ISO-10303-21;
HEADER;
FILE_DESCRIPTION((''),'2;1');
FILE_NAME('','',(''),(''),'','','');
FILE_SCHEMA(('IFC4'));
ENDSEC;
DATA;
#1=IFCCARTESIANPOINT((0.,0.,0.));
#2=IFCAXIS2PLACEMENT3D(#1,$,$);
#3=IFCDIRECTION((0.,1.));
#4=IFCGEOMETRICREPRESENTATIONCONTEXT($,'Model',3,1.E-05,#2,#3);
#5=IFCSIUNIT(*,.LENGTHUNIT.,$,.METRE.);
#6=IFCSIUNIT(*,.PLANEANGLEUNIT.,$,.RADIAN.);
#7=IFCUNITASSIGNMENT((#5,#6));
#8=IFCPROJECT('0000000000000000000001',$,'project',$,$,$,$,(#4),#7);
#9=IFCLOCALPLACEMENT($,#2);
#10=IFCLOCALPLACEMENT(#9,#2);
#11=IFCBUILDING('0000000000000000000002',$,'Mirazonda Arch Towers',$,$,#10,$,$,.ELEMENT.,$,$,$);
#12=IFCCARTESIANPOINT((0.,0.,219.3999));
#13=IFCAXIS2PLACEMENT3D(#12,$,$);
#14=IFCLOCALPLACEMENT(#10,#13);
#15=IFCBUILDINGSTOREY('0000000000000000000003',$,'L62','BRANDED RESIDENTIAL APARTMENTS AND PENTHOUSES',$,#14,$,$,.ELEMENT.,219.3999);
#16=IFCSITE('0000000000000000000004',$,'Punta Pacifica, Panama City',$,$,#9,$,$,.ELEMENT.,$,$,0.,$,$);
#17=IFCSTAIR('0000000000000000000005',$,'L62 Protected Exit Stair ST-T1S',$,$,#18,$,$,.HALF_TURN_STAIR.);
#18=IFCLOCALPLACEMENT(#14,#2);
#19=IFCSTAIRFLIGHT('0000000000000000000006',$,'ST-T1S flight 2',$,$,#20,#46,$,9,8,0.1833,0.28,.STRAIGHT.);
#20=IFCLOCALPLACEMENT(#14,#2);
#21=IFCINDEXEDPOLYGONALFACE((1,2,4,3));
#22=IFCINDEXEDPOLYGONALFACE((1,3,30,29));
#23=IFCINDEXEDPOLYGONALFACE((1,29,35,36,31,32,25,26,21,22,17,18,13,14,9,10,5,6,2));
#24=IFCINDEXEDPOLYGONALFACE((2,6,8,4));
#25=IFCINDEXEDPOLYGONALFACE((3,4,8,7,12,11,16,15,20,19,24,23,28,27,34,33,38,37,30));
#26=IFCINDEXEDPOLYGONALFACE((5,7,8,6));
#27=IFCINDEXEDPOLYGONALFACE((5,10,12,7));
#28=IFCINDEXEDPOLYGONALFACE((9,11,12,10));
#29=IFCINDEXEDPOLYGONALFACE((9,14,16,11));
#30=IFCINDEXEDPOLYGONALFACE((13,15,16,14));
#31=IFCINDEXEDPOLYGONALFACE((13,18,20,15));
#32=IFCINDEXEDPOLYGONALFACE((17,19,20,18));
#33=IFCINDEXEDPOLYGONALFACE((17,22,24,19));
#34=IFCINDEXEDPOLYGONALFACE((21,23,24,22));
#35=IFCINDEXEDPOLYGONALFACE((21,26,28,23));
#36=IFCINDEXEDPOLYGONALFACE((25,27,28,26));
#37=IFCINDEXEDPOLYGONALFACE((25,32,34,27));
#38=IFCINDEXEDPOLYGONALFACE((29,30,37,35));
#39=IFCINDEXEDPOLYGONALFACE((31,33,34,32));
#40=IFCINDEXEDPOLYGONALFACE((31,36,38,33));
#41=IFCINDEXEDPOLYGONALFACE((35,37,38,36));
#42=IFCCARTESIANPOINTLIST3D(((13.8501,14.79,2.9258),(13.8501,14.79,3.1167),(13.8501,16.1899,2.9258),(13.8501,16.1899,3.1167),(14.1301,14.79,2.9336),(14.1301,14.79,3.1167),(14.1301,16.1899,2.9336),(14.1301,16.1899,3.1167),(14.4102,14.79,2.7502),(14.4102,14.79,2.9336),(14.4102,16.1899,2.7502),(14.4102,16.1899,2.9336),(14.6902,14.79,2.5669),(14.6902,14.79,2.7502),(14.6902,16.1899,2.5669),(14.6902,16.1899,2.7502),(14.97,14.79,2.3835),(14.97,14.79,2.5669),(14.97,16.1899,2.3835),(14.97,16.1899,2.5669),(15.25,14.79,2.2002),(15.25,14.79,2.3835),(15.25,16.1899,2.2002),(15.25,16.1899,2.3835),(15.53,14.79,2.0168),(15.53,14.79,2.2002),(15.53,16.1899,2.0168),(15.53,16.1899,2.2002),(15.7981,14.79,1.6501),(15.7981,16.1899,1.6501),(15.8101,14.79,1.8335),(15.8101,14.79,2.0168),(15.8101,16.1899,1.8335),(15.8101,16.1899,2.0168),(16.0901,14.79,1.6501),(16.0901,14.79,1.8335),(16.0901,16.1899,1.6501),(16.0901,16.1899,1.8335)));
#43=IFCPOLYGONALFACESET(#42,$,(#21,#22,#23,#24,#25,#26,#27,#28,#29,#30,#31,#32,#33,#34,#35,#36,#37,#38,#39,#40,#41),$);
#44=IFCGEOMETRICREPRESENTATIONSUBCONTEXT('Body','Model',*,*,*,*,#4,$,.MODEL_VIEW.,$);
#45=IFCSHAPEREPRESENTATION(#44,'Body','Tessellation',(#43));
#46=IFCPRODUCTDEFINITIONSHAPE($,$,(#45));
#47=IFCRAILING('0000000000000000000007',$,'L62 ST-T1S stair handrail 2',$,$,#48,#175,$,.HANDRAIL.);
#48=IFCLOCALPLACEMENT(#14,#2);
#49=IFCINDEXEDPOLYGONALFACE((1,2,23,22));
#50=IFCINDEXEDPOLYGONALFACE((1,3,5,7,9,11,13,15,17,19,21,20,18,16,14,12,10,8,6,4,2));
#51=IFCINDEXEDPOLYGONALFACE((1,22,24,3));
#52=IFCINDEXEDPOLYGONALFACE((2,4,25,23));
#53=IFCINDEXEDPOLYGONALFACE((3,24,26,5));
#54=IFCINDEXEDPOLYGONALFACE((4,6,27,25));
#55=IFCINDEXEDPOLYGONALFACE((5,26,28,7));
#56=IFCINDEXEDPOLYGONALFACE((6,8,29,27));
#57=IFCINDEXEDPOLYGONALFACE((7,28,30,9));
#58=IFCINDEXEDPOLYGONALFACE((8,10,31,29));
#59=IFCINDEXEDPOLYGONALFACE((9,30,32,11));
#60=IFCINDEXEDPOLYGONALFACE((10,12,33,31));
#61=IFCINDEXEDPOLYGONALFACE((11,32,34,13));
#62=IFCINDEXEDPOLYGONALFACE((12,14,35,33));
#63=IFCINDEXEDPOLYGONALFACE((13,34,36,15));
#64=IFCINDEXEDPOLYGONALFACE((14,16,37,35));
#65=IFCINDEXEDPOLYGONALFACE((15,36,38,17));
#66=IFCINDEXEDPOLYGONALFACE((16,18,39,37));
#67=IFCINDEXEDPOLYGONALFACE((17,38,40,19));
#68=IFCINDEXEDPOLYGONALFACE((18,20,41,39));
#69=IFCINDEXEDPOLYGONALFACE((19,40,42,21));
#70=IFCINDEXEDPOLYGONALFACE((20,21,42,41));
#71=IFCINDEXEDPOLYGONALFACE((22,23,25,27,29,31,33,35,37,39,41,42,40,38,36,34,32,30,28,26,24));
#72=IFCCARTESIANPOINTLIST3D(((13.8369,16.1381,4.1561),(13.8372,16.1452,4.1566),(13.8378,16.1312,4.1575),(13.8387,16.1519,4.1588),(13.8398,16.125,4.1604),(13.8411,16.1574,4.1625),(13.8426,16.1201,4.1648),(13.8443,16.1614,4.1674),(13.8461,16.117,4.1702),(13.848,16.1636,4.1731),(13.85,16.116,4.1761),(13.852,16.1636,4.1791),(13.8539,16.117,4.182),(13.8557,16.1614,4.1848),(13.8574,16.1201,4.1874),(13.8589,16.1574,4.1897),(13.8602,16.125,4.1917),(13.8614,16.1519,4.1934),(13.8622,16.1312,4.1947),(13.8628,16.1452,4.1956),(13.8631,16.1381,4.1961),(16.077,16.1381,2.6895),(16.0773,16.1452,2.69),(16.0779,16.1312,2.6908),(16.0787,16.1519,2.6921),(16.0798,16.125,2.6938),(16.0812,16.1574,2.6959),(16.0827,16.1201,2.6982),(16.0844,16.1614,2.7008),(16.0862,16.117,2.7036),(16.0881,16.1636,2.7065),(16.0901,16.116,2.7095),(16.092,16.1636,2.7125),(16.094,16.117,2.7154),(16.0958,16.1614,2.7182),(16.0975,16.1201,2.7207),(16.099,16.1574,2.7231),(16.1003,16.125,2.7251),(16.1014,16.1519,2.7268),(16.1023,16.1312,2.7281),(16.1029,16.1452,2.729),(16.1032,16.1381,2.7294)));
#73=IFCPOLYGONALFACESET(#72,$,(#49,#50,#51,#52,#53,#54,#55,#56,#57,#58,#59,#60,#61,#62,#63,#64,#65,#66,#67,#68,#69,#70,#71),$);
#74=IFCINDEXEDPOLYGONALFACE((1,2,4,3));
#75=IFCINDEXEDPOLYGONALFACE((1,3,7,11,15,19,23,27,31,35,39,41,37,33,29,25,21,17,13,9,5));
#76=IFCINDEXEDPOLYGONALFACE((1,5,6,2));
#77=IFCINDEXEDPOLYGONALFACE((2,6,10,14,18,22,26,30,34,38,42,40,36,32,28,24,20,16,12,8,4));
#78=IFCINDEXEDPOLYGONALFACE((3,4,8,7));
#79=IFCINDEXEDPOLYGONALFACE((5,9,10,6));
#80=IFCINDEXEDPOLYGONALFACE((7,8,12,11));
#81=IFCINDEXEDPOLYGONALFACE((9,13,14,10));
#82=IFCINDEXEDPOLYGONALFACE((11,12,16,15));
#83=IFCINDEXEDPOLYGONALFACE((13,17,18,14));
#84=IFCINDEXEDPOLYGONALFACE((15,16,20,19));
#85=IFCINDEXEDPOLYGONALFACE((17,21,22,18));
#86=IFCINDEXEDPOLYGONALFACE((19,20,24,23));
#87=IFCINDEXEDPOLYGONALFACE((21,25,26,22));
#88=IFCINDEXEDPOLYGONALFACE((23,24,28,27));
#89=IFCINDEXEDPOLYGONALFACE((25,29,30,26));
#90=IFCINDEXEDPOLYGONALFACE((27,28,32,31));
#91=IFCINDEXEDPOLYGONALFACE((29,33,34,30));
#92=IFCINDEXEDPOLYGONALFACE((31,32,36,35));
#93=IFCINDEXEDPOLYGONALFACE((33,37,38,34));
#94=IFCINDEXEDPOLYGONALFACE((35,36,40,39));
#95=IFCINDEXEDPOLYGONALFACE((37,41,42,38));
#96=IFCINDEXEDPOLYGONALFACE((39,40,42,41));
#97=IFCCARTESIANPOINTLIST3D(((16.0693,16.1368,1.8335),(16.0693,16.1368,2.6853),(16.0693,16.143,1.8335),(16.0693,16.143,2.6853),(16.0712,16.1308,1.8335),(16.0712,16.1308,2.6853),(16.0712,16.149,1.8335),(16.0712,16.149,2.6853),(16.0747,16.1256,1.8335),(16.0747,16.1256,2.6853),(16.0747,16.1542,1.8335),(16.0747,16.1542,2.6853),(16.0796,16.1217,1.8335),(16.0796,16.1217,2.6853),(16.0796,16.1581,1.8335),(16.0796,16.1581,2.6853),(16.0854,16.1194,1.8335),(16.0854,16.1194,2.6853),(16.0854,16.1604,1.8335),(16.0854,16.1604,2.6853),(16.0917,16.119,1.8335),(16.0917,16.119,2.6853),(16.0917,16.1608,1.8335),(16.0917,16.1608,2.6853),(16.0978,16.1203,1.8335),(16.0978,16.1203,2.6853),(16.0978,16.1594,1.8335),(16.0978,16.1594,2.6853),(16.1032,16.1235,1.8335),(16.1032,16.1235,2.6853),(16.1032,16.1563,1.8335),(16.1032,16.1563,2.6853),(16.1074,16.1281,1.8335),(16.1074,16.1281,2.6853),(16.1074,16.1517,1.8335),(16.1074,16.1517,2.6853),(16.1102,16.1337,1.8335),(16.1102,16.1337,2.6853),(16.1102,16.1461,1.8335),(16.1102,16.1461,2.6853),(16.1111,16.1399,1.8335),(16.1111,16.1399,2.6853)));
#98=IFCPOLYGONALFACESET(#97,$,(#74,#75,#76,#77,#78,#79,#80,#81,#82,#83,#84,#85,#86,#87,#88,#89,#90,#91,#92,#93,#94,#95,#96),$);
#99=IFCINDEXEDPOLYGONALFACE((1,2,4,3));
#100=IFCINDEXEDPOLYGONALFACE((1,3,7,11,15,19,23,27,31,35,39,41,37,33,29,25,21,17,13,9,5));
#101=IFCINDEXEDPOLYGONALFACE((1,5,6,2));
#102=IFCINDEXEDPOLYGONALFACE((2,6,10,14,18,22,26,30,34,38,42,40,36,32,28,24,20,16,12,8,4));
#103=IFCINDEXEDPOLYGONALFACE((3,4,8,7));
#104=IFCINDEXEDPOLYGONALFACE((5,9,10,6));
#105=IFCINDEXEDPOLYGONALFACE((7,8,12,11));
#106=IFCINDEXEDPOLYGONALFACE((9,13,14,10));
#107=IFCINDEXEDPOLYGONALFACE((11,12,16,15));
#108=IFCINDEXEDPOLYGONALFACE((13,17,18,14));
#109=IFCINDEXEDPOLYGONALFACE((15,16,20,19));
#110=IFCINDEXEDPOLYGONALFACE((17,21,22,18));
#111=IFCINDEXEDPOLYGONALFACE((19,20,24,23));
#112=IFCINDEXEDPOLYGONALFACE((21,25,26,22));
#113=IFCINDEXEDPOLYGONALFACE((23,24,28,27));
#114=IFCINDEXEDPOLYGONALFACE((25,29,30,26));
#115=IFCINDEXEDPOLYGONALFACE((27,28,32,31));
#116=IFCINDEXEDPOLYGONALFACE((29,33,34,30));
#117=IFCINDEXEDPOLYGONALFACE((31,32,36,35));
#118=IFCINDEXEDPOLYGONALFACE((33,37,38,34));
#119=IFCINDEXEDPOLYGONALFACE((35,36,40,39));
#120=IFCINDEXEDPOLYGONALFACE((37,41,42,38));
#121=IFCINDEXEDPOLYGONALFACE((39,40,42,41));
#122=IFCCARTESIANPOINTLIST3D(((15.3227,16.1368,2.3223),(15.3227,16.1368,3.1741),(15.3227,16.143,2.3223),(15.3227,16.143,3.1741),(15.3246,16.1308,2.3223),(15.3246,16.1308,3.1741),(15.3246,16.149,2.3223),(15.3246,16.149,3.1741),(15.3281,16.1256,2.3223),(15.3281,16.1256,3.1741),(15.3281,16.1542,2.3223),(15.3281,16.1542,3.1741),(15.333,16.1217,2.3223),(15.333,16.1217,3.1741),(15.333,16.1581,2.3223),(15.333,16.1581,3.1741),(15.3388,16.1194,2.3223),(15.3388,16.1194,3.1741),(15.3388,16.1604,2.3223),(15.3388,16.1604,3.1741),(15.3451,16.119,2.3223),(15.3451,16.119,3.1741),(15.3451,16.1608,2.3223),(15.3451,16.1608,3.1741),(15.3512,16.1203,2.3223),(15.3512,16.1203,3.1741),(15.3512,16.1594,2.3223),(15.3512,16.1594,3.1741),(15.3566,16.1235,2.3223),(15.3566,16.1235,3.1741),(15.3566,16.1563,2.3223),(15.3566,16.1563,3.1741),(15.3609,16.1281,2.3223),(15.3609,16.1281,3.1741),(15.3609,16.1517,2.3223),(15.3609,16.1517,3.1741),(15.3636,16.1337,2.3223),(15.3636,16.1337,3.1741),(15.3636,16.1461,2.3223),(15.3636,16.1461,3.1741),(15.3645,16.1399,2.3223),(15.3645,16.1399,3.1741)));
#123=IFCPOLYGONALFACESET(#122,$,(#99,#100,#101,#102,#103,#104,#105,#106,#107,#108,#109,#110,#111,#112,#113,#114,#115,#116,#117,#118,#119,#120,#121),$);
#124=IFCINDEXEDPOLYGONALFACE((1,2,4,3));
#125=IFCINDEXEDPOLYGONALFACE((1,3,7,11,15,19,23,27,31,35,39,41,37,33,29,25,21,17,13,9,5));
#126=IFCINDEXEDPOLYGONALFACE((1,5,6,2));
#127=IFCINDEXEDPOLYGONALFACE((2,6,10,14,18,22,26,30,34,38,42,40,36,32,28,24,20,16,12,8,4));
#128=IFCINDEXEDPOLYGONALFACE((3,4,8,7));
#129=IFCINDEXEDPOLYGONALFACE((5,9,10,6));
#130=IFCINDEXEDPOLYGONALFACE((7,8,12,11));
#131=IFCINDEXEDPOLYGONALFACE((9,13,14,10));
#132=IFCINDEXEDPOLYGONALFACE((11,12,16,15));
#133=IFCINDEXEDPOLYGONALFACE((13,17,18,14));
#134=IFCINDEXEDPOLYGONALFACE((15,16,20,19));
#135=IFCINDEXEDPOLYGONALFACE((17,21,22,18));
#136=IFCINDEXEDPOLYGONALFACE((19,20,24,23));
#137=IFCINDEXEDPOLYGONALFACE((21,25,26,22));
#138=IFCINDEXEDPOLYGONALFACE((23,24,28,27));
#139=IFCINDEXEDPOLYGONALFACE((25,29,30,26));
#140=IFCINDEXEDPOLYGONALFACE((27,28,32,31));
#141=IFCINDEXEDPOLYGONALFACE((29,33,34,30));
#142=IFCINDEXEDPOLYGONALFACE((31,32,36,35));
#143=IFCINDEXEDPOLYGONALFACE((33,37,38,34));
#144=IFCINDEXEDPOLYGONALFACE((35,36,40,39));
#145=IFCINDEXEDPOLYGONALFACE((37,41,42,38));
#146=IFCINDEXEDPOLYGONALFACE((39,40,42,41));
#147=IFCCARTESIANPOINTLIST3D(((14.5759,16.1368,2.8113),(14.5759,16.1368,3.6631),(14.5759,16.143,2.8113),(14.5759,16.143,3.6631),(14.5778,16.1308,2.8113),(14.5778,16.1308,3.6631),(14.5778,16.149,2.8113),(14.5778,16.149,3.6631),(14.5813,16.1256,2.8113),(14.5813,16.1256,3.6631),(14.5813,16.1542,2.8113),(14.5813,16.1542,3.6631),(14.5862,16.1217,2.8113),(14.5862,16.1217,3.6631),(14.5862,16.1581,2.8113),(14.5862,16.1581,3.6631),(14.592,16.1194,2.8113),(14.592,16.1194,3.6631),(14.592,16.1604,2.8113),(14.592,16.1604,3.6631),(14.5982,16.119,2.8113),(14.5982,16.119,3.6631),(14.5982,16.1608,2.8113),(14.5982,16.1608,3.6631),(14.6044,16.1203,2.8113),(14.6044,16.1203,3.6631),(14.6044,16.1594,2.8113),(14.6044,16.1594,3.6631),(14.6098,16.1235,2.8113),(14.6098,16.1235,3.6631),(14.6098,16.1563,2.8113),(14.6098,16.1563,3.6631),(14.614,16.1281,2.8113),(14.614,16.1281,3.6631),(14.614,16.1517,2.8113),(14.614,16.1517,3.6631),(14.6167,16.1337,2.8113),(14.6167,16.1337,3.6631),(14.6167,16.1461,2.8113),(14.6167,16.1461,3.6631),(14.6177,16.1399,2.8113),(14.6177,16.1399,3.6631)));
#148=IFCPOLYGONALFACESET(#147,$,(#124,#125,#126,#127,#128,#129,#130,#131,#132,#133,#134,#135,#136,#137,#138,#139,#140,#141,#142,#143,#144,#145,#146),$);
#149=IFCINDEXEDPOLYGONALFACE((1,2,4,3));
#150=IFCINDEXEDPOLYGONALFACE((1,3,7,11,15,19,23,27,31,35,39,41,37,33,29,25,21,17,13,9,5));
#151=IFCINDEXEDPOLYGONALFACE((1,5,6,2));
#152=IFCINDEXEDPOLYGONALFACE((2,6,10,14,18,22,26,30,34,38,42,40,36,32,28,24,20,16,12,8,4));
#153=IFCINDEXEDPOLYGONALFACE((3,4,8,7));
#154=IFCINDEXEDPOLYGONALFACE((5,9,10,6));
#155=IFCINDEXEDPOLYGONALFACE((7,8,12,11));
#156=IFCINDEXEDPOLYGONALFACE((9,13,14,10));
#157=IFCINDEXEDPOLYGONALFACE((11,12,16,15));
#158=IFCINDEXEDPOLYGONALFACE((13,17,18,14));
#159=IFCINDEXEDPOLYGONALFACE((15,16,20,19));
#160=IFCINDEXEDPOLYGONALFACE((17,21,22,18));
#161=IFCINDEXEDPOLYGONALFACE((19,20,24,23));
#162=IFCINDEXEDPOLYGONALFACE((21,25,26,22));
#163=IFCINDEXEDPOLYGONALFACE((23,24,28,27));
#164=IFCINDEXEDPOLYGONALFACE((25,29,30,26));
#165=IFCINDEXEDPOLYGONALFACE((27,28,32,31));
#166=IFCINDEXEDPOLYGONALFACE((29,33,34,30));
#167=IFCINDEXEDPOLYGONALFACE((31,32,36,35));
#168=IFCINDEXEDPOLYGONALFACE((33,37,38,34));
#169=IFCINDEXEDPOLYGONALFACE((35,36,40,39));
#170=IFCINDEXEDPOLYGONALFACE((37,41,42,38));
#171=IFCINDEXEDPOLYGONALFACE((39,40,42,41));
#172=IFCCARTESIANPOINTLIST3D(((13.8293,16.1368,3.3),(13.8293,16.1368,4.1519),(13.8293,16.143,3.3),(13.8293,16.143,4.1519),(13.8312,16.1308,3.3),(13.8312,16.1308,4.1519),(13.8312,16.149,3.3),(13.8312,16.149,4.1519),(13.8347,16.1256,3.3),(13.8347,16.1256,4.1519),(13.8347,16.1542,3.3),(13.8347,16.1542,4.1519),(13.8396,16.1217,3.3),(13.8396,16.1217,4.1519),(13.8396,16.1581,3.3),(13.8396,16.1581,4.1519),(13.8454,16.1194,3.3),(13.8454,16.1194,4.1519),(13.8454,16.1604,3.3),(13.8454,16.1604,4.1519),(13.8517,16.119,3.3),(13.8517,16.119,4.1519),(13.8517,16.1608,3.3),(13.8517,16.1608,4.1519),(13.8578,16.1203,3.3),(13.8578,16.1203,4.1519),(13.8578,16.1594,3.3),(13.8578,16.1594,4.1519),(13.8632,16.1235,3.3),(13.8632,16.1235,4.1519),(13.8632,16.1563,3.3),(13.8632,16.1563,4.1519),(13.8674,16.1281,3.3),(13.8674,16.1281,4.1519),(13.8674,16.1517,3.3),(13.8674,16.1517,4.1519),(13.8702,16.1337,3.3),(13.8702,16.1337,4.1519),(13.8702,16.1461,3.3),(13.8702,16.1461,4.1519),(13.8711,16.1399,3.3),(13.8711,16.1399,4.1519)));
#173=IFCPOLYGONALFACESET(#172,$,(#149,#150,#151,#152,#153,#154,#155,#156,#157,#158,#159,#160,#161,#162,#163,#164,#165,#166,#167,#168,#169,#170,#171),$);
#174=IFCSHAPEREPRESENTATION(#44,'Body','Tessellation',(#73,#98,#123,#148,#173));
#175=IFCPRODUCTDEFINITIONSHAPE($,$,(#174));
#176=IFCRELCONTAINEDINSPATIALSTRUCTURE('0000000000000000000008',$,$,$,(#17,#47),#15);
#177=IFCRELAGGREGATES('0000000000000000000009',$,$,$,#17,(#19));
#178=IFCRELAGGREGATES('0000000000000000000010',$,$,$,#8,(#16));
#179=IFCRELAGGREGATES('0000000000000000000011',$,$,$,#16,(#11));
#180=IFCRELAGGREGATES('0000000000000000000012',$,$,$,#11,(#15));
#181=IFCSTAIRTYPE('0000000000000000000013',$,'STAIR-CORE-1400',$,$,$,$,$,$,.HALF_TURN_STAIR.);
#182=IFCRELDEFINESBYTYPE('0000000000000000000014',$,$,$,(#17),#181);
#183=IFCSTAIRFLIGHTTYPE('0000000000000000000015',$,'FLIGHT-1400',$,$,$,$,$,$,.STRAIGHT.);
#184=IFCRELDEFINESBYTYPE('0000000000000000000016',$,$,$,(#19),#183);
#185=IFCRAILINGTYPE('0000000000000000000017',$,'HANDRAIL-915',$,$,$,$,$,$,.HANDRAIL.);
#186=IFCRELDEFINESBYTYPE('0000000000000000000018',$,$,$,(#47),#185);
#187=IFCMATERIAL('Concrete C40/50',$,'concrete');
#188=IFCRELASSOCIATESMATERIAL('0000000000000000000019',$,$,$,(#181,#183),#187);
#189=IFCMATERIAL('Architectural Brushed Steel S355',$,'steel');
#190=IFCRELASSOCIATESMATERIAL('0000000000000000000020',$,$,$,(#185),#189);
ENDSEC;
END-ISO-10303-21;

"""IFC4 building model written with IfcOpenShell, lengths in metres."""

from ifc_helpers import new_model, si_unit, direction, frame, origin, origin_2d, place, context, subcontext, project, spatial, polyline, circle, outline, extrude, material, type_object, element, aggregate, save


model = new_model("IFC4")

# Units and contexts
model_context = context("Model", 3, precision=1e-05, world=origin(), true_north=direction((0.0, 1.0)))
body_context = subcontext(model_context, "Body", "Model", "MODEL_VIEW")
ifc_project = project(units=[si_unit("LENGTHUNIT", "METRE"), si_unit("PLANEANGLEUNIT", "RADIAN")], contexts=[model_context])

# Site, building, storey
site_placement = place(None, origin())
site = spatial("IfcSite", under=ifc_project, at=site_placement, Name="Punta Pacifica, Panama City", CompositionType="ELEMENT", RefElevation=0.0)
building_placement = place(site_placement, origin())
building = spatial("IfcBuilding", under=site, at=building_placement, Name="Mirazonda Arch Towers", CompositionType="ELEMENT")
storey_placement = place(building_placement, frame((0.0, 0.0, 219.3999)))
storey = spatial("IfcBuildingStorey", under=building, at=storey_placement, Name="L62", Description="BRANDED RESIDENTIAL APARTMENTS AND PENTHOUSES", CompositionType="ELEMENT", Elevation=219.3999)

# Shared definitions
ifc_material_1 = material(Name="Architectural Brushed Steel S355", Category="steel")

# Stair, stair flight
ifc_material_2 = material(Name="Concrete C40/50", Category="concrete")
stair_type = type_object("IfcStairType", Name="STAIR-CORE-1400", PredefinedType="HALF_TURN_STAIR", material=ifc_material_2)
stair_placement = place(storey_placement, origin())
stair = element("IfcStair", 1, at=stair_placement, inside=storey, type_object=stair_type, Name="L62 Protected Exit Stair ST-T1S", PredefinedType="HALF_TURN_STAIR")
stair_flight_type = type_object("IfcStairFlightType", Name="FLIGHT-1400", PredefinedType="STRAIGHT", material=ifc_material_2)
stair_flight_placement = place(storey_placement, frame((16.0901, 15.49, 1.6501), z_axis=(0.0, 0.0, 1.0), x_axis=(-1.0, 0.0, 0.0)))
stair_flight = element("IfcStairFlight", 2, at=stair_flight_placement, type_object=stair_flight_type, Name="ST-T1S flight 2", NumberOfRisers=9, NumberOfTreads=8, PredefinedType="STRAIGHT", RiserHeight=0.1833, TreadLength=0.28, context=body_context, shape_type="SweptSolid", body=[
    extrude(outline(polyline([(0.0, 0.0), (0.0, 0.1833), (0.28, 0.1833), (0.28, 0.3667), (0.5601, 0.3667), (0.5601, 0.55), (0.8401, 0.55), (0.8401, 0.7334), (1.1201, 0.7334), (1.1201, 0.9167), (1.3999, 0.9167), (1.3999, 1.1001), (1.6799, 1.1001), (1.6799, 1.2834), (1.96, 1.2834), (1.96, 1.4666), (2.24, 1.4666), (2.24, 1.6499), (2.24, 1.2756), (0.292, 0.0), (0.0, 0.0)])), frame((0.0, 0.7, 0.0), z_axis=(0.0, -1.0, 0.0), x_axis=(1.0, 0.0, 0.0)), (0.0, 0.0, 1.0), 1.3999),
])
aggregate(stair, [stair_flight])

# Railing
railing_type = type_object("IfcRailingType", Name="HANDRAIL-915", PredefinedType="HANDRAIL", material=ifc_material_1)
railing_placement = place(storey_placement, frame((16.0901, 16.1399, 1.8335)))
element("IfcRailing", 3, at=railing_placement, inside=storey, type_object=railing_type, Name="L62 ST-T1S stair handrail 2", PredefinedType="HANDRAIL", context=body_context, shape_type="SweptSolid", body=[
    extrude(circle(Radius=0.0239, at=origin_2d()), frame((0.0, 0.0, 0.876), z_axis=(-0.836637, 0.0, 0.547758), x_axis=(0.0, -1.0, 0.0)), (0.0, 0.0, 1.0), 2.6775),
    extrude(circle(Radius=0.021, at=origin_2d()), origin(), (0.0, 0.0, 1.0), 0.8518),
    extrude(circle(Radius=0.021, at=origin_2d()), frame((-0.7466, 0.0, 0.4888)), (0.0, 0.0, 1.0), 0.8518),
    extrude(circle(Radius=0.021, at=origin_2d()), frame((-1.4934, 0.0, 0.9778)), (0.0, 0.0, 1.0), 0.8518),
    extrude(circle(Radius=0.021, at=origin_2d()), frame((-2.24, 0.0, 1.4666)), (0.0, 0.0, 1.0), 0.8518),
])

save(model, "model.ifc")
